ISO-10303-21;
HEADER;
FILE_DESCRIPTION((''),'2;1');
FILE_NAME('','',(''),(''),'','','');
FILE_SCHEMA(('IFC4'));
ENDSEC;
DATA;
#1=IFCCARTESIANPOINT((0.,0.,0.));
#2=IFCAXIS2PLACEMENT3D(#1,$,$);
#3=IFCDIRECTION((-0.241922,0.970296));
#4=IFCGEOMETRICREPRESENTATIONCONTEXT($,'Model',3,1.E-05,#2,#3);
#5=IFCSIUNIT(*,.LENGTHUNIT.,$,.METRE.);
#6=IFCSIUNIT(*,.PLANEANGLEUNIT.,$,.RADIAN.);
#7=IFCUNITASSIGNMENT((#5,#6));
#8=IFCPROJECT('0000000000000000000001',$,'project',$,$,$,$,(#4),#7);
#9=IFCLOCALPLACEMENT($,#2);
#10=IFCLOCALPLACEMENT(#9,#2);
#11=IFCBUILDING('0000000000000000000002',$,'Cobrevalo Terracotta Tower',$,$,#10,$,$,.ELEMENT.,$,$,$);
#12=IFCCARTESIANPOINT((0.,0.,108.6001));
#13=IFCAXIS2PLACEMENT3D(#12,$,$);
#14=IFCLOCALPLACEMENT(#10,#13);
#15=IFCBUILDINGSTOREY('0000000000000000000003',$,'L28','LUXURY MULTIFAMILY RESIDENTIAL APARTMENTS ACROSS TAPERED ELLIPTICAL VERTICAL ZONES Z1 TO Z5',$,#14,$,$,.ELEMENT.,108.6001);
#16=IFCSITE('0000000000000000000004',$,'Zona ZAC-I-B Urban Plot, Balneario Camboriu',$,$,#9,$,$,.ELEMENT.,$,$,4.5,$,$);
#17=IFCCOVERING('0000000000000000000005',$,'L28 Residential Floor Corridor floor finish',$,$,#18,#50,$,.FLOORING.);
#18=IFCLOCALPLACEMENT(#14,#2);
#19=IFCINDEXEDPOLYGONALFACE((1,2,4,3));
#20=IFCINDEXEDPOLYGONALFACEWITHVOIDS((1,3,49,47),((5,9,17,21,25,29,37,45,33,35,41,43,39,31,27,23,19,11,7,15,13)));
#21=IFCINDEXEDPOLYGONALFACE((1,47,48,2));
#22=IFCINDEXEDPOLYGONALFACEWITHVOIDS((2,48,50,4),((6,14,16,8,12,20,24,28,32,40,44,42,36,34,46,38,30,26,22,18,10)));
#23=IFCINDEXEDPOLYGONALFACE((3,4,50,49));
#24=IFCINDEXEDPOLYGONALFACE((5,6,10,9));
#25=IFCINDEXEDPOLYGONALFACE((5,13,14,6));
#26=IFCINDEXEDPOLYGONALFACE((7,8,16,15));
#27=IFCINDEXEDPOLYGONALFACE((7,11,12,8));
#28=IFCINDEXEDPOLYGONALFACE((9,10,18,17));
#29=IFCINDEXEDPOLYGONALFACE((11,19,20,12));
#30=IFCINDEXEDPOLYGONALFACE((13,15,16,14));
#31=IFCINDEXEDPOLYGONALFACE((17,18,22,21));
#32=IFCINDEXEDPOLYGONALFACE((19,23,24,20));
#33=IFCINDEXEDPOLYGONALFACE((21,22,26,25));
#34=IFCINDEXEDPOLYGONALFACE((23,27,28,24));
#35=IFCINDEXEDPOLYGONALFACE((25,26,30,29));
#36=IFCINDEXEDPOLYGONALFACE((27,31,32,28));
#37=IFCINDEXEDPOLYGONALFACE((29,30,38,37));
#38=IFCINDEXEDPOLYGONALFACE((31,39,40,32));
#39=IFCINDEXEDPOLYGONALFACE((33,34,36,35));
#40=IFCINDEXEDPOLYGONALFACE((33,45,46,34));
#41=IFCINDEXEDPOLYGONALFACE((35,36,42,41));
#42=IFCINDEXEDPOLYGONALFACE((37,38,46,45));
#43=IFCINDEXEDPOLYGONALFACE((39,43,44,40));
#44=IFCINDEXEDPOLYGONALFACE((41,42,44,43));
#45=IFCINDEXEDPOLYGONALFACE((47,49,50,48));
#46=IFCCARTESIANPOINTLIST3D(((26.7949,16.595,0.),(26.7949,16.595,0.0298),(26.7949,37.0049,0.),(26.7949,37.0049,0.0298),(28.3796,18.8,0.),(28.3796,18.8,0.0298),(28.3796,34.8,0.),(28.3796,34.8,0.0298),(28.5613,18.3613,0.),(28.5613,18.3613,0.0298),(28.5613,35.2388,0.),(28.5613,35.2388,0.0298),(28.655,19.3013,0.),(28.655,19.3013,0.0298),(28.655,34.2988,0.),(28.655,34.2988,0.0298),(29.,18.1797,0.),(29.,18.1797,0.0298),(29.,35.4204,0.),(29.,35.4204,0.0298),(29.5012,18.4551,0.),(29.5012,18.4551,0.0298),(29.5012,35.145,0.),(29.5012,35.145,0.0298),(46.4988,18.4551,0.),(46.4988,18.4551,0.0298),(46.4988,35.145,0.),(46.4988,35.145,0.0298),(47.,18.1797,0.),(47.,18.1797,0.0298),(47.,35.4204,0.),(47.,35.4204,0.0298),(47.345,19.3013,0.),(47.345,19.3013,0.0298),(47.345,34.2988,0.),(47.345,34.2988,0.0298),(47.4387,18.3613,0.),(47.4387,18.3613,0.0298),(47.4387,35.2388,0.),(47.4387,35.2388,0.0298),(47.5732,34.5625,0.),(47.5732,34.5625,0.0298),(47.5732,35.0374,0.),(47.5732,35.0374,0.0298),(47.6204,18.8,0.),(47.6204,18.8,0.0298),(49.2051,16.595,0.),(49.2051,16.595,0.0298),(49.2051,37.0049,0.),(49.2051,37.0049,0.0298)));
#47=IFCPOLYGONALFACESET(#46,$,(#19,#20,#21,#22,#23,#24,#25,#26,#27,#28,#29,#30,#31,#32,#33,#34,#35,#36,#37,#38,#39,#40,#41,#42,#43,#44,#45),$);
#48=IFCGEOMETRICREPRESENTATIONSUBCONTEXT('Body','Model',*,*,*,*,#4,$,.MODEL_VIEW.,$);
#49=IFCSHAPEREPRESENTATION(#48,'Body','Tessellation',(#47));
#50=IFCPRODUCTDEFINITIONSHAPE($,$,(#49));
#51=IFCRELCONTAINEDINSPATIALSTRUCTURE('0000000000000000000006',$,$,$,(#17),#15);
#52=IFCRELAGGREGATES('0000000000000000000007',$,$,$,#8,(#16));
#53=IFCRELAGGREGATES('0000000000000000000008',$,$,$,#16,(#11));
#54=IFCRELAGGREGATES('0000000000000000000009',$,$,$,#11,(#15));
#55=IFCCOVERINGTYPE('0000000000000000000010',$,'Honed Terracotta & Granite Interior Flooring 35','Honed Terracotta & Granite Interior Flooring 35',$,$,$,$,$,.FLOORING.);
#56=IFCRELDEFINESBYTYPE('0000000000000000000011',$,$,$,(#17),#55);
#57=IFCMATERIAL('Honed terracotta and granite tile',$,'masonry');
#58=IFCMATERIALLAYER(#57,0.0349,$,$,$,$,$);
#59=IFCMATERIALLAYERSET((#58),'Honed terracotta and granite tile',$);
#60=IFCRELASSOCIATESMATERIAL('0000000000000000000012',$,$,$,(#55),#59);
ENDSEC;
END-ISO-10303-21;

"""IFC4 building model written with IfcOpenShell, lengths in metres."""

from ifc_helpers import new_model, si_unit, direction, frame, origin, place, context, subcontext, project, spatial, polyline, outline, extrude, material, layer, layer_set, type_object, element, save


model = new_model("IFC4")

# Units and contexts
model_context = context("Model", 3, precision=1e-05, world=origin(), true_north=direction((-0.241922, 0.970296)))
body_context = subcontext(model_context, "Body", "Model", "MODEL_VIEW")
ifc_project = project(units=[si_unit("LENGTHUNIT", "METRE"), si_unit("PLANEANGLEUNIT", "RADIAN")], contexts=[model_context])

# Site, building, storey
site_placement = place(None, origin())
site = spatial("IfcSite", under=ifc_project, at=site_placement, Name="Zona ZAC-I-B Urban Plot, Balneario Camboriu", CompositionType="ELEMENT", RefElevation=4.5)
building_placement = place(site_placement, origin())
building = spatial("IfcBuilding", under=site, at=building_placement, Name="Cobrevalo Terracotta Tower", CompositionType="ELEMENT")
storey_placement = place(building_placement, frame((0.0, 0.0, 108.6001)))
storey = spatial("IfcBuildingStorey", under=building, at=storey_placement, Name="L28", Description="LUXURY MULTIFAMILY RESIDENTIAL APARTMENTS ACROSS TAPERED ELLIPTICAL VERTICAL ZONES Z1 TO Z5", CompositionType="ELEMENT", Elevation=108.6001)

# Covering
ifc_material_1 = material(Name="Honed terracotta and granite tile", Category="masonry")
ifc_layer_1 = layer(ifc_material_1, 0.0349)
ifc_layer_set_1 = layer_set([ifc_layer_1], Name="Honed terracotta and granite tile")
covering_type_1 = type_object("IfcCoveringType", Name="Honed Terracotta & Granite Interior Flooring 35", Description="Honed Terracotta & Granite Interior Flooring 35", PredefinedType="FLOORING", material=ifc_layer_set_1)
covering_1_placement = place(storey_placement, origin())
element("IfcCovering", 1, at=covering_1_placement, inside=storey, type_object=covering_type_1, Name="L28 Residential Floor Corridor floor finish", PredefinedType="FLOORING", context=body_context, shape_type="SweptSolid", body=[
    extrude(outline(polyline([(49.2051, 37.0049), (49.2051, 16.595), (26.7949, 16.595), (26.7949, 37.0049), (49.2051, 37.0049)]), holes=[polyline([(47.345, 34.2988), (47.5732, 34.5625), (47.5732, 35.0374), (47.4387, 35.2388), (47.0, 35.4204), (46.4988, 35.145), (29.5012, 35.145), (29.0, 35.4204), (28.5613, 35.2388), (28.3796, 34.8), (28.655, 34.2988), (28.655, 19.3013), (28.3796, 18.8), (28.5613, 18.3613), (29.0, 18.1797), (29.5012, 18.4551), (46.4988, 18.4551), (47.0, 18.1797), (47.4387, 18.3613), (47.6204, 18.8), (47.345, 19.3013), (47.345, 34.2988)])]), origin(), (0.0, 0.0, 1.0), 0.0298),
])

save(model, "model.ifc")
